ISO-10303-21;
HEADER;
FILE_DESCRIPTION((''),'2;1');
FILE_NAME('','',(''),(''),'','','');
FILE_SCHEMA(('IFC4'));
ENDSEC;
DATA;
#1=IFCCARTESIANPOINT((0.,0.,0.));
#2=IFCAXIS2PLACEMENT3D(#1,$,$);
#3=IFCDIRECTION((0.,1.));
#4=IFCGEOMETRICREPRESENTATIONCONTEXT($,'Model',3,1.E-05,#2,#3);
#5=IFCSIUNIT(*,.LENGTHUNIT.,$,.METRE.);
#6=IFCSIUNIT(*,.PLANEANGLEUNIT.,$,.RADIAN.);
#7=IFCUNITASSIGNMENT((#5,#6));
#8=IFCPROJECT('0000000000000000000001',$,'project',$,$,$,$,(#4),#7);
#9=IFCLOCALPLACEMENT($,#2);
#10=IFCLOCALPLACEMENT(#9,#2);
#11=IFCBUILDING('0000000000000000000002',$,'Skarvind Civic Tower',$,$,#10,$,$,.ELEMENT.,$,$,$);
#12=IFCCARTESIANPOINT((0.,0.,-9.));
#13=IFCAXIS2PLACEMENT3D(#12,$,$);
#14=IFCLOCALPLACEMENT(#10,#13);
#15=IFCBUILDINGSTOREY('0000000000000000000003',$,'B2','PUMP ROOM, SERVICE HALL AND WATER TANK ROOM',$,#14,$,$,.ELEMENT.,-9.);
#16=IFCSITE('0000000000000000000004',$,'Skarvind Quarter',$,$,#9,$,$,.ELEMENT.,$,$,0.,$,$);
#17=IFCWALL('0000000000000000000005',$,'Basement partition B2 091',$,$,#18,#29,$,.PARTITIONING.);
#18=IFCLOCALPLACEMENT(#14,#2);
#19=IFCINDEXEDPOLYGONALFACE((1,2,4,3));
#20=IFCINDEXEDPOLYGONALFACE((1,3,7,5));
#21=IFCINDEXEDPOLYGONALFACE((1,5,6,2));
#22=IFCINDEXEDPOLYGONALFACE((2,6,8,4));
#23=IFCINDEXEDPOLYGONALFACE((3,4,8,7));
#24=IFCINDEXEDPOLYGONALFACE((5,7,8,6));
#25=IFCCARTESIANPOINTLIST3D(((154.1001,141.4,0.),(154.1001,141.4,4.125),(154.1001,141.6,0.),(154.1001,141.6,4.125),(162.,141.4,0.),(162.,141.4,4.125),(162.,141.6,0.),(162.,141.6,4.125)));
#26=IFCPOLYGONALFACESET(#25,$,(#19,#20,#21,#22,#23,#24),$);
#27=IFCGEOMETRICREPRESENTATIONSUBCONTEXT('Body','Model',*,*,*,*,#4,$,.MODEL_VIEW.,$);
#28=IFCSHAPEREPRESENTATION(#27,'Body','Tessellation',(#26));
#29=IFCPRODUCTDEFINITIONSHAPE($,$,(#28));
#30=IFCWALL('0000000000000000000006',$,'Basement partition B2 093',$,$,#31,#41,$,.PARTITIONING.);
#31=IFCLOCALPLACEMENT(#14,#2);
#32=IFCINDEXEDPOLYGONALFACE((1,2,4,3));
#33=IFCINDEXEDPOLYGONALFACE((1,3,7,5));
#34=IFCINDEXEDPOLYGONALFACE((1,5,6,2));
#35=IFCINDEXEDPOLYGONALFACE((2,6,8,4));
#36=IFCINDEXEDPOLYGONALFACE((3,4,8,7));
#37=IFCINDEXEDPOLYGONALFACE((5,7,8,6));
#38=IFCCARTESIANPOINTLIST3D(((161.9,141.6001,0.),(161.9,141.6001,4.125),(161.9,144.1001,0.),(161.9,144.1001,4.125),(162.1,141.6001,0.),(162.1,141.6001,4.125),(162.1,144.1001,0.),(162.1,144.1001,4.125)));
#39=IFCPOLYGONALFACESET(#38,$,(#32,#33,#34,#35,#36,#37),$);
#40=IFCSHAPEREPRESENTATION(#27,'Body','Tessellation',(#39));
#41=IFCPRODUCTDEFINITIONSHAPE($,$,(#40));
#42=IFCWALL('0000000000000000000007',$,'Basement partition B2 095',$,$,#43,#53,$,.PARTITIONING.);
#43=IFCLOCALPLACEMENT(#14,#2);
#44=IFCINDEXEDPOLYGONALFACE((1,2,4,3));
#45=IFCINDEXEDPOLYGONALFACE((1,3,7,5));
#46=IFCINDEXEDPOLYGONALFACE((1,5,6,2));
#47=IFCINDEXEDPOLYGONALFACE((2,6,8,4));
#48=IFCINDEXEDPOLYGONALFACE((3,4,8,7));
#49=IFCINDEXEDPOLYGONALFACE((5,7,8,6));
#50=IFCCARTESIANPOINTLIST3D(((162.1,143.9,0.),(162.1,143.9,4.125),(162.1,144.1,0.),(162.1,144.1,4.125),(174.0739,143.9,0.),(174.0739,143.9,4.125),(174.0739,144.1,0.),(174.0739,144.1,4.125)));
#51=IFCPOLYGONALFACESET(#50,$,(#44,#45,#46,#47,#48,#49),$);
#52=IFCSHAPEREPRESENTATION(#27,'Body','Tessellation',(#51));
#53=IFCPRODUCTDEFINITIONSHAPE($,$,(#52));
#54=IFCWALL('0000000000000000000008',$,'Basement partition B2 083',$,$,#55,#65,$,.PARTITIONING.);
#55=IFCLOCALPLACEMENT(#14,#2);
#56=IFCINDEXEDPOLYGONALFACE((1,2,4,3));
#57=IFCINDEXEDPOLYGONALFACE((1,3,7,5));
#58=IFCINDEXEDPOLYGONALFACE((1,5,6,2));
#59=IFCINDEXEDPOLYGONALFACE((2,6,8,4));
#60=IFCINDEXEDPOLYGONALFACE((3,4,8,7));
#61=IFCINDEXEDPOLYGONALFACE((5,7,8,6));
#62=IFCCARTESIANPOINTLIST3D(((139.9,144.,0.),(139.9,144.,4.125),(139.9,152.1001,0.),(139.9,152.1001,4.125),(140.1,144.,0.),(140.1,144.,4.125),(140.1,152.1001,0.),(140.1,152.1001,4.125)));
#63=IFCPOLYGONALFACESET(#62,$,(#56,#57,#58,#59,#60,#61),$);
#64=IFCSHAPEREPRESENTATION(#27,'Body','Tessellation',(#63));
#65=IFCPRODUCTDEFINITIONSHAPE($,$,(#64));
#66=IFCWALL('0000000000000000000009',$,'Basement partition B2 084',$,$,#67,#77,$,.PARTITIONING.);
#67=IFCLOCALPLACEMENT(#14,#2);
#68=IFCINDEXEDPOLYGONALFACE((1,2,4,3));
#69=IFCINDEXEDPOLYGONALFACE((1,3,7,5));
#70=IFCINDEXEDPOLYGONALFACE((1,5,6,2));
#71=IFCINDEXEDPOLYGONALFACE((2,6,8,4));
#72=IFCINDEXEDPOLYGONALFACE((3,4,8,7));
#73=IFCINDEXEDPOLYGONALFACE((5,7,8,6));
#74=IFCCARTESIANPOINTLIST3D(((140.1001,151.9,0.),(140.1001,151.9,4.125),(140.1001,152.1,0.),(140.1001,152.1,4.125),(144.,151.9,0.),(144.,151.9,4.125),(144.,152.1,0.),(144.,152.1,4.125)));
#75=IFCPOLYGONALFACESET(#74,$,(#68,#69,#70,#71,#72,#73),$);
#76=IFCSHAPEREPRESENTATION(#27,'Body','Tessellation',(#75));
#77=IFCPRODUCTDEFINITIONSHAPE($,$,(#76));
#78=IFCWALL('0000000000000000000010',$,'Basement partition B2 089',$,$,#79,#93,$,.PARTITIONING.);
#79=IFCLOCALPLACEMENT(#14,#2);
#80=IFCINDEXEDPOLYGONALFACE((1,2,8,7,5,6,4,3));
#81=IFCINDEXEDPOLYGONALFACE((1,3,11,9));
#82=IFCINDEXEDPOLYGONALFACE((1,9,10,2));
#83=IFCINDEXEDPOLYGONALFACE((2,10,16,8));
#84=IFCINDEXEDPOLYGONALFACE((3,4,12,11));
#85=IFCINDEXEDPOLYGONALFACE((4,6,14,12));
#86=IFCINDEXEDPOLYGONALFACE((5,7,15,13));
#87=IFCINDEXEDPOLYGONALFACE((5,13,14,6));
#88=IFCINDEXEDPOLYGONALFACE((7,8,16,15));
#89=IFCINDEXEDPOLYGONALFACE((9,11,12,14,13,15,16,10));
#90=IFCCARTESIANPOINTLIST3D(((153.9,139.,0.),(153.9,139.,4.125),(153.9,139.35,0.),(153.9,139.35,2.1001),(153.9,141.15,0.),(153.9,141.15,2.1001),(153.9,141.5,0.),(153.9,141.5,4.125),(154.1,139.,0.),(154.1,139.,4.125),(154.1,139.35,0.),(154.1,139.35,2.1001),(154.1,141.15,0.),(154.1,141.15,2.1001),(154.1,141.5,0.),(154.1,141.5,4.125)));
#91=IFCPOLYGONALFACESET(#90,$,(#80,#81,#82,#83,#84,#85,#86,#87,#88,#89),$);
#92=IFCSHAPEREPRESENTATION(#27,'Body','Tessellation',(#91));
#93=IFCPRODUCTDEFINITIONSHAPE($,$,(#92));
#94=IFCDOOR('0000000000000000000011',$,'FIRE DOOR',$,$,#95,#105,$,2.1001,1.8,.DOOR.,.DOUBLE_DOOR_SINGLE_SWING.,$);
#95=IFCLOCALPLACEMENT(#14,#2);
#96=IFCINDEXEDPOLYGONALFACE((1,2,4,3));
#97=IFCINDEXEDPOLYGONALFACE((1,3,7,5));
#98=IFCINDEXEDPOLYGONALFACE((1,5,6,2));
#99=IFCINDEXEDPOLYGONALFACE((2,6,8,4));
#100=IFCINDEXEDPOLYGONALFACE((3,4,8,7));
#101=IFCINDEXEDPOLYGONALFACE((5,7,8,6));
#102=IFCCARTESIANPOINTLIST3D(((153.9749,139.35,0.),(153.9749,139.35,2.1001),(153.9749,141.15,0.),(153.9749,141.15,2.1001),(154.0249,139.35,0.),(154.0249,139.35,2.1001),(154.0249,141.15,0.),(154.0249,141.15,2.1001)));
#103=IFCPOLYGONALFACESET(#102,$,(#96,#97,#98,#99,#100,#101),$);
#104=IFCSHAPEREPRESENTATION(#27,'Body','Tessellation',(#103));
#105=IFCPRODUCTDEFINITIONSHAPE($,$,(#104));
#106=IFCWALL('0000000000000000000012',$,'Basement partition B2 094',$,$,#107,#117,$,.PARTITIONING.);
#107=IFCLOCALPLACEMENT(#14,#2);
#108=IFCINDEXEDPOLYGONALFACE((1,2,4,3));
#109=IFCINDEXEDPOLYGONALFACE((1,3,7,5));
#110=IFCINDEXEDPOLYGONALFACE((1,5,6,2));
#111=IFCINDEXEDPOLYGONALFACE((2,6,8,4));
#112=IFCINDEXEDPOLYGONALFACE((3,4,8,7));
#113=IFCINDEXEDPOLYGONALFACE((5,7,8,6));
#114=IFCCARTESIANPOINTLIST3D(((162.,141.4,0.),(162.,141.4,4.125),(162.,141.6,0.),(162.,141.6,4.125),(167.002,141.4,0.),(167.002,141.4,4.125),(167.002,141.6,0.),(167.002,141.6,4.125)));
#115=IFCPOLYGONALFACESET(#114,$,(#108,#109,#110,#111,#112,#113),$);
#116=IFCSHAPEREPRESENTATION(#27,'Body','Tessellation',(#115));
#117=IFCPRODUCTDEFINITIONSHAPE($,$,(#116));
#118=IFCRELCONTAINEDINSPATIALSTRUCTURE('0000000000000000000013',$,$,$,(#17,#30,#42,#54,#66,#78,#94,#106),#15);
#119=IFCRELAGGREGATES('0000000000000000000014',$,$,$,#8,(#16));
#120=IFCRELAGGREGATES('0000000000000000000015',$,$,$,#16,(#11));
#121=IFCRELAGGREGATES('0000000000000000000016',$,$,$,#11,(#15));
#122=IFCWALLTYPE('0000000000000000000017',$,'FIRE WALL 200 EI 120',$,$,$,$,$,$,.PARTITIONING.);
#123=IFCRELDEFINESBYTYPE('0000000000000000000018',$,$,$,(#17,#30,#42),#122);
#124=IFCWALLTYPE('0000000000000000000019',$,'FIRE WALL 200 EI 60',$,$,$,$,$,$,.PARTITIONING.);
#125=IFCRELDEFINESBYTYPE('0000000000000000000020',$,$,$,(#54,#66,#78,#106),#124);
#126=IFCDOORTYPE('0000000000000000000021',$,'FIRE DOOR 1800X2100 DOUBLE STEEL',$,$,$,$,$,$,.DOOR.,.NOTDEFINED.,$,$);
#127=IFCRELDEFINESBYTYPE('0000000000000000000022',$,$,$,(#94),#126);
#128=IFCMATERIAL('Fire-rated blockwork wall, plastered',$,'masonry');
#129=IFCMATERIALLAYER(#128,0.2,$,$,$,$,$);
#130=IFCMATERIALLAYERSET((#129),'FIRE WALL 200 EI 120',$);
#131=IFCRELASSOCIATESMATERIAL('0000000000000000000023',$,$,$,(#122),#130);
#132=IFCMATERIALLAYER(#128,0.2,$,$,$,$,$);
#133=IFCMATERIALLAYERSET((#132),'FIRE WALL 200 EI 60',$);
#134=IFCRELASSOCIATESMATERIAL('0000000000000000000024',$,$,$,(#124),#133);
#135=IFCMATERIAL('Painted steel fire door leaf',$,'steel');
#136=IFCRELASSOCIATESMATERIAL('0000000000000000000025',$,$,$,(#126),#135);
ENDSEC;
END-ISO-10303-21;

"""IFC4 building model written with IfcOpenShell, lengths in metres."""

from ifc_helpers import new_model, si_unit, direction, frame, frame_2d, origin, place, context, subcontext, project, spatial, rectangle, extrude, material, layer, layer_set, type_object, element, fill, save


model = new_model("IFC4")

# Units and contexts
model_context = context("Model", 3, precision=1e-05, world=origin(), true_north=direction((0.0, 1.0)))
body_context = subcontext(model_context, "Body", "Model", "MODEL_VIEW")
ifc_project = project(units=[si_unit("LENGTHUNIT", "METRE"), si_unit("PLANEANGLEUNIT", "RADIAN")], contexts=[model_context])

# Site, building, storey
site_placement = place(None, origin())
site = spatial("IfcSite", under=ifc_project, at=site_placement, Name="Skarvind Quarter", CompositionType="ELEMENT", RefElevation=0.0)
building_placement = place(site_placement, origin())
building = spatial("IfcBuilding", under=site, at=building_placement, Name="Skarvind Civic Tower", CompositionType="ELEMENT")
storey_placement = place(building_placement, frame((0.0, 0.0, -9.0)))
storey = spatial("IfcBuildingStorey", under=building, at=storey_placement, Name="B2", Description="PUMP ROOM, SERVICE HALL AND WATER TANK ROOM", CompositionType="ELEMENT", Elevation=-9.0)

# Walls
ifc_material_1 = material(Name="Fire-rated blockwork wall, plastered", Category="masonry")
ifc_layer_1 = layer(ifc_material_1, 0.2)
ifc_layer_set_1 = layer_set([ifc_layer_1], Name="FIRE WALL 200 EI 120")
wall_type_1 = type_object("IfcWallType", Name="FIRE WALL 200 EI 120", PredefinedType="PARTITIONING", material=ifc_layer_set_1)
wall_1_placement = place(storey_placement, frame((154.1001, 141.5, 0.0), z_axis=(0.0, 0.0, 1.0), x_axis=(1.0, 0.0, 0.0)))
element("IfcWall", 1, at=wall_1_placement, inside=storey, type_object=wall_type_1, Name="Basement partition B2 091", PredefinedType="PARTITIONING", context=body_context, shape_type="SweptSolid", body=[
    extrude(rectangle(XDim=7.8999, YDim=0.2, at=frame_2d((3.95, 0.0))), origin(), (0.0, 0.0, 1.0), 4.125),
])
wall_2_placement = place(storey_placement, frame((162.0, 141.6001, 0.0), z_axis=(0.0, 0.0, 1.0), x_axis=(0.0, 1.0, 0.0)))
element("IfcWall", 2, at=wall_2_placement, inside=storey, type_object=wall_type_1, Name="Basement partition B2 093", PredefinedType="PARTITIONING", context=body_context, shape_type="SweptSolid", body=[
    extrude(rectangle(XDim=2.5, YDim=0.2, at=frame_2d((1.25, 0.0))), origin(), (0.0, 0.0, 1.0), 4.125),
])
wall_3_placement = place(storey_placement, frame((162.1001, 144.0, 0.0), z_axis=(0.0, 0.0, 1.0), x_axis=(1.0, 0.0, 0.0)))
element("IfcWall", 3, at=wall_3_placement, inside=storey, type_object=wall_type_1, Name="Basement partition B2 095", PredefinedType="PARTITIONING", context=body_context, shape_type="SweptSolid", body=[
    extrude(rectangle(XDim=11.9739, YDim=0.2, at=frame_2d((5.9868, 0.0))), origin(), (0.0, 0.0, 1.0), 4.125),
])
ifc_layer_2 = layer(ifc_material_1, 0.2)
ifc_layer_set_2 = layer_set([ifc_layer_2], Name="FIRE WALL 200 EI 60")
wall_type_2 = type_object("IfcWallType", Name="FIRE WALL 200 EI 60", PredefinedType="PARTITIONING", material=ifc_layer_set_2)
wall_4_placement = place(storey_placement, frame((140.0, 144.0, 0.0), z_axis=(0.0, 0.0, 1.0), x_axis=(0.0, 1.0, 0.0)))
element("IfcWall", 4, at=wall_4_placement, inside=storey, type_object=wall_type_2, Name="Basement partition B2 083", PredefinedType="PARTITIONING", context=body_context, shape_type="SweptSolid", body=[
    extrude(rectangle(XDim=8.1001, YDim=0.2, at=frame_2d((4.05, 0.0))), origin(), (0.0, 0.0, 1.0), 4.125),
])
wall_5_placement = place(storey_placement, frame((140.1001, 152.0, 0.0), z_axis=(0.0, 0.0, 1.0), x_axis=(1.0, 0.0, 0.0)))
element("IfcWall", 5, at=wall_5_placement, inside=storey, type_object=wall_type_2, Name="Basement partition B2 084", PredefinedType="PARTITIONING", context=body_context, shape_type="SweptSolid", body=[
    extrude(rectangle(XDim=3.8999, YDim=0.2, at=frame_2d((1.95, 0.0))), origin(), (0.0, 0.0, 1.0), 4.125),
])

# Wall, opening, door
wall_6_placement = place(storey_placement, frame((154.0, 141.5, 0.0), z_axis=(0.0, 0.0, 1.0), x_axis=(0.0, -1.0, 0.0)))
wall_6 = element("IfcWall", 6, at=wall_6_placement, inside=storey, type_object=wall_type_2, Name="Basement partition B2 089", PredefinedType="PARTITIONING", context=body_context, shape_type="SweptSolid", body=[
    extrude(rectangle(XDim=2.5, YDim=0.2, at=frame_2d((1.25, 0.0))), origin(), (0.0, 0.0, 1.0), 4.125),
])
opening_placement = place(wall_6_placement, frame((0.3501, 0.0, 0.0)))
opening = element("IfcOpeningElement", 7, at=opening_placement, cuts=wall_6, PredefinedType="OPENING", context=body_context, shape_type="SweptSolid", body=[
    extrude(rectangle(XDim=1.8, YDim=2.1001, at=frame_2d((0.8999, 1.05))), frame((0.0, 0.1099, 0.0), z_axis=(0.0, -1.0, 0.0), x_axis=(1.0, 0.0, 0.0)), (0.0, 0.0, 1.0), 0.22),
])
ifc_material_2 = material(Name="Painted steel fire door leaf", Category="steel")
door_type = type_object("IfcDoorType", Name="FIRE DOOR 1800X2100 DOUBLE STEEL", OperationType="NOTDEFINED", PredefinedType="DOOR", material=ifc_material_2)
door_placement = place(opening_placement, origin())
door = element("IfcDoor", 8, at=door_placement, inside=storey, type_object=door_type, Name="FIRE DOOR", OperationType="DOUBLE_DOOR_SINGLE_SWING", OverallHeight=2.1001, OverallWidth=1.8, PredefinedType="DOOR", context=body_context, shape_type="SweptSolid", body=[
    extrude(rectangle(XDim=1.8, YDim=2.1001, at=frame_2d((0.8999, 1.05))), frame((0.0, 0.0249, 0.0), z_axis=(0.0, -1.0, 0.0), x_axis=(1.0, 0.0, 0.0)), (0.0, 0.0, 1.0), 0.05),
])
fill(opening, door)

# Wall
wall_7_placement = place(storey_placement, frame((162.0, 141.5, 0.0), z_axis=(0.0, 0.0, 1.0), x_axis=(1.0, 0.0, 0.0)))
element("IfcWall", 9, at=wall_7_placement, inside=storey, type_object=wall_type_2, Name="Basement partition B2 094", PredefinedType="PARTITIONING", context=body_context, shape_type="SweptSolid", body=[
    extrude(rectangle(XDim=5.002, YDim=0.2, at=frame_2d((2.501, 0.0))), origin(), (0.0, 0.0, 1.0), 4.125),
])

save(model, "model.ifc")
